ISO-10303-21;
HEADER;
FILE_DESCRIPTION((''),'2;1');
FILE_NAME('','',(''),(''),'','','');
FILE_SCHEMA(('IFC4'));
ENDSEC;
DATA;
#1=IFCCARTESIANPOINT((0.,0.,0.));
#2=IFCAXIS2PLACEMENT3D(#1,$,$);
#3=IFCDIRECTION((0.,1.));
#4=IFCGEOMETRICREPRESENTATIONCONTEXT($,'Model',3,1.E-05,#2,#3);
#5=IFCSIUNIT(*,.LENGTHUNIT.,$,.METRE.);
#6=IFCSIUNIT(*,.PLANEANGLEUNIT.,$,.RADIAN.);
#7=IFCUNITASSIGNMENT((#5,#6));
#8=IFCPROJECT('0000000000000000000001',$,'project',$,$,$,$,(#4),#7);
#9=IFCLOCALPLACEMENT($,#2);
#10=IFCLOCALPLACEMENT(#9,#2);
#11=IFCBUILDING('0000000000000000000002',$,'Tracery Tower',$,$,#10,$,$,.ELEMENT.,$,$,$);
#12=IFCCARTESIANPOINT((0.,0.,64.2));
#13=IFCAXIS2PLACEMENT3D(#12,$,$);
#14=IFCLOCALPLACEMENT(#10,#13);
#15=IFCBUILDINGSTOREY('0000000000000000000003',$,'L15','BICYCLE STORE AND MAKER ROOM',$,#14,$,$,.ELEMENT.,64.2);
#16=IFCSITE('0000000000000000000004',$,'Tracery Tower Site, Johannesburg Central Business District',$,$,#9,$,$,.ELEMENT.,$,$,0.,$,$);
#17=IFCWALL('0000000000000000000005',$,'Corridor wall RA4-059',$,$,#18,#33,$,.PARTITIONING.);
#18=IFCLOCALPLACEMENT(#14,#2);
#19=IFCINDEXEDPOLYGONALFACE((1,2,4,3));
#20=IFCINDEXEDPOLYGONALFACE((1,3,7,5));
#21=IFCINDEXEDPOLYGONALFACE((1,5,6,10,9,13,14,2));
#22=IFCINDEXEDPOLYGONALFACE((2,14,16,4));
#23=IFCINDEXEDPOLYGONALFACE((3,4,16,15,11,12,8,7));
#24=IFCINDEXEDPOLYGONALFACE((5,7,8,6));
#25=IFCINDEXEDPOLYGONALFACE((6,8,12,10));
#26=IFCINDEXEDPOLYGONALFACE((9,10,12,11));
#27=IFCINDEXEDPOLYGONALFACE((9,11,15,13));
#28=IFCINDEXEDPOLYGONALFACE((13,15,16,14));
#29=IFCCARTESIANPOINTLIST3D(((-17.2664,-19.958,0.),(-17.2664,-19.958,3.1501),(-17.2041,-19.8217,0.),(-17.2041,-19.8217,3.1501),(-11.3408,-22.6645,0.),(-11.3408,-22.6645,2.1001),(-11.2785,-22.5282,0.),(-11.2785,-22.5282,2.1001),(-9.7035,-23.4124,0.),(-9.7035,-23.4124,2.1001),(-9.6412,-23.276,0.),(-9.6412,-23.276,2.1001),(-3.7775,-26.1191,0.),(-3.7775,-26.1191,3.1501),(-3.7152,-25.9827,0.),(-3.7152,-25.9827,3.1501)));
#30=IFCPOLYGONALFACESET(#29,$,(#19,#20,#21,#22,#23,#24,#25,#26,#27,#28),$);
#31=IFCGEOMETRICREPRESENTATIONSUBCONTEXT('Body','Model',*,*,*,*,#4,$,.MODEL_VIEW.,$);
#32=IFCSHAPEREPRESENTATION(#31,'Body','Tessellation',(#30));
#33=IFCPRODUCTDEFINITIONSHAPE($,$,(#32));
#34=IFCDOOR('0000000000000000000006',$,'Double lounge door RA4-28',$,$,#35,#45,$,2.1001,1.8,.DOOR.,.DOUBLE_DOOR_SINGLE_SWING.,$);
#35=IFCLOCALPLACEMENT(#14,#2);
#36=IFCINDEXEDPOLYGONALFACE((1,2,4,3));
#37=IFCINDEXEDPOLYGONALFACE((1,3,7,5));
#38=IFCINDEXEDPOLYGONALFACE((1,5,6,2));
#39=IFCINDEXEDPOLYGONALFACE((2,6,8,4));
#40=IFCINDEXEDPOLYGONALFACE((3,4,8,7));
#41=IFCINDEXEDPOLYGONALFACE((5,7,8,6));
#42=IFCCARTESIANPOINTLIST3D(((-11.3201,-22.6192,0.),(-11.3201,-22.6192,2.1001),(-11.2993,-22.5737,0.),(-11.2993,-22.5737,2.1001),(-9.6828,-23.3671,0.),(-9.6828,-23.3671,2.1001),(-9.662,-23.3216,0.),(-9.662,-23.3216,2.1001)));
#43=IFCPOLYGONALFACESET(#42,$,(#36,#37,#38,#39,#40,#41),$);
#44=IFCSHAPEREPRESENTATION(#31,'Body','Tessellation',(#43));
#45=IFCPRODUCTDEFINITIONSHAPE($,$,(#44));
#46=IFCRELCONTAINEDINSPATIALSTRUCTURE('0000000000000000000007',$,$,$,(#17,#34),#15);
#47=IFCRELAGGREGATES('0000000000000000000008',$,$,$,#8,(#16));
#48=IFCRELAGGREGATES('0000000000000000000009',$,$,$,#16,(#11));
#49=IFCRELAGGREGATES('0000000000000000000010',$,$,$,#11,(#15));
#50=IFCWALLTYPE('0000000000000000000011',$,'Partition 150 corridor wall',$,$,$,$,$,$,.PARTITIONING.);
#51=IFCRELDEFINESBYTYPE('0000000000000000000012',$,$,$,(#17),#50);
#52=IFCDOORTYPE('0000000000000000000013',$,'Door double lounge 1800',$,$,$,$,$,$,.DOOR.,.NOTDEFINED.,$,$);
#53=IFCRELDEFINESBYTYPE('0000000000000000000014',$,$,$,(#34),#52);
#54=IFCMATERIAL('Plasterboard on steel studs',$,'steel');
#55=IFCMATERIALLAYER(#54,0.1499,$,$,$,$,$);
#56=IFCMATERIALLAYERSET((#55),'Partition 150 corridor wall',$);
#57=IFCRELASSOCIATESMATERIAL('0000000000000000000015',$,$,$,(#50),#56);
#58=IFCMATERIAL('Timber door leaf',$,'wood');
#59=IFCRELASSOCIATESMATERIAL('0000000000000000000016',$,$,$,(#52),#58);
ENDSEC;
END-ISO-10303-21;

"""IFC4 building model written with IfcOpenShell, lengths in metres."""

from ifc_helpers import new_model, si_unit, direction, frame, frame_2d, origin, place, context, subcontext, project, spatial, rectangle, extrude, material, layer, layer_set, type_object, element, fill, save


model = new_model("IFC4")

# Units and contexts
model_context = context("Model", 3, precision=1e-05, world=origin(), true_north=direction((0.0, 1.0)))
body_context = subcontext(model_context, "Body", "Model", "MODEL_VIEW")
ifc_project = project(units=[si_unit("LENGTHUNIT", "METRE"), si_unit("PLANEANGLEUNIT", "RADIAN")], contexts=[model_context])

# Site, building, storey
site_placement = place(None, origin())
site = spatial("IfcSite", under=ifc_project, at=site_placement, Name="Tracery Tower Site, Johannesburg Central Business District", CompositionType="ELEMENT", RefElevation=0.0)
building_placement = place(site_placement, origin())
building = spatial("IfcBuilding", under=site, at=building_placement, Name="Tracery Tower", CompositionType="ELEMENT")
storey_placement = place(building_placement, frame((0.0, 0.0, 64.2)))
storey = spatial("IfcBuildingStorey", under=building, at=storey_placement, Name="L15", Description="BICYCLE STORE AND MAKER ROOM", CompositionType="ELEMENT", Elevation=64.2)

# Shared definitions
ifc_material_1 = material(Name="Plasterboard on steel studs", Category="steel")
ifc_layer_1 = layer(ifc_material_1, 0.1499)
ifc_layer_set_1 = layer_set([ifc_layer_1], Name="Partition 150 corridor wall")
wall_type_1 = type_object("IfcWallType", Name="Partition 150 corridor wall", PredefinedType="PARTITIONING", material=ifc_layer_set_1)
ifc_material_2 = material(Name="Timber door leaf", Category="wood")
door_type = type_object("IfcDoorType", Name="Door double lounge 1800", OperationType="NOTDEFINED", PredefinedType="DOOR", material=ifc_material_2)

# Wall, opening, door
wall_1_placement = place(storey_placement, frame((-17.2351, -19.8899, 0.0), z_axis=(0.0, 0.0, 1.0), x_axis=(0.909609, -0.415466, 0.0)))
wall_1 = element("IfcWall", 1, at=wall_1_placement, inside=storey, type_object=wall_type_1, Name="Corridor wall RA4-059", PredefinedType="PARTITIONING", context=body_context, shape_type="SweptSolid", body=[
    extrude(rectangle(XDim=14.8293, YDim=0.1499, at=frame_2d((7.4146, 0.0))), origin(), (0.0, 0.0, 1.0), 3.1501),
])
opening_1_placement = place(wall_1_placement, frame((6.5144, 0.0, 0.0)))
opening_1 = element("IfcOpeningElement", 2, at=opening_1_placement, cuts=wall_1, PredefinedType="OPENING", context=body_context, shape_type="SweptSolid", body=[
    extrude(rectangle(XDim=1.8, YDim=2.1001, at=frame_2d((0.8999, 1.05))), frame((0.0, 0.075, 0.0), z_axis=(0.0, -1.0, 0.0), x_axis=(1.0, 0.0, 0.0)), (0.0, 0.0, 1.0), 0.1499),
])
door_1_placement = place(opening_1_placement, origin())
door_1 = element("IfcDoor", 3, at=door_1_placement, inside=storey, type_object=door_type, Name="Double lounge door RA4-28", OperationType="DOUBLE_DOOR_SINGLE_SWING", OverallHeight=2.1001, OverallWidth=1.8, PredefinedType="DOOR", context=body_context, shape_type="SweptSolid", body=[
    extrude(rectangle(XDim=1.8, YDim=2.1001, at=frame_2d((0.8999, 1.05))), frame((0.0, 0.0249, 0.0), z_axis=(0.0, -1.0, 0.0), x_axis=(1.0, 0.0, 0.0)), (0.0, 0.0, 1.0), 0.05),
])
fill(opening_1, door_1)

save(model, "model.ifc")
